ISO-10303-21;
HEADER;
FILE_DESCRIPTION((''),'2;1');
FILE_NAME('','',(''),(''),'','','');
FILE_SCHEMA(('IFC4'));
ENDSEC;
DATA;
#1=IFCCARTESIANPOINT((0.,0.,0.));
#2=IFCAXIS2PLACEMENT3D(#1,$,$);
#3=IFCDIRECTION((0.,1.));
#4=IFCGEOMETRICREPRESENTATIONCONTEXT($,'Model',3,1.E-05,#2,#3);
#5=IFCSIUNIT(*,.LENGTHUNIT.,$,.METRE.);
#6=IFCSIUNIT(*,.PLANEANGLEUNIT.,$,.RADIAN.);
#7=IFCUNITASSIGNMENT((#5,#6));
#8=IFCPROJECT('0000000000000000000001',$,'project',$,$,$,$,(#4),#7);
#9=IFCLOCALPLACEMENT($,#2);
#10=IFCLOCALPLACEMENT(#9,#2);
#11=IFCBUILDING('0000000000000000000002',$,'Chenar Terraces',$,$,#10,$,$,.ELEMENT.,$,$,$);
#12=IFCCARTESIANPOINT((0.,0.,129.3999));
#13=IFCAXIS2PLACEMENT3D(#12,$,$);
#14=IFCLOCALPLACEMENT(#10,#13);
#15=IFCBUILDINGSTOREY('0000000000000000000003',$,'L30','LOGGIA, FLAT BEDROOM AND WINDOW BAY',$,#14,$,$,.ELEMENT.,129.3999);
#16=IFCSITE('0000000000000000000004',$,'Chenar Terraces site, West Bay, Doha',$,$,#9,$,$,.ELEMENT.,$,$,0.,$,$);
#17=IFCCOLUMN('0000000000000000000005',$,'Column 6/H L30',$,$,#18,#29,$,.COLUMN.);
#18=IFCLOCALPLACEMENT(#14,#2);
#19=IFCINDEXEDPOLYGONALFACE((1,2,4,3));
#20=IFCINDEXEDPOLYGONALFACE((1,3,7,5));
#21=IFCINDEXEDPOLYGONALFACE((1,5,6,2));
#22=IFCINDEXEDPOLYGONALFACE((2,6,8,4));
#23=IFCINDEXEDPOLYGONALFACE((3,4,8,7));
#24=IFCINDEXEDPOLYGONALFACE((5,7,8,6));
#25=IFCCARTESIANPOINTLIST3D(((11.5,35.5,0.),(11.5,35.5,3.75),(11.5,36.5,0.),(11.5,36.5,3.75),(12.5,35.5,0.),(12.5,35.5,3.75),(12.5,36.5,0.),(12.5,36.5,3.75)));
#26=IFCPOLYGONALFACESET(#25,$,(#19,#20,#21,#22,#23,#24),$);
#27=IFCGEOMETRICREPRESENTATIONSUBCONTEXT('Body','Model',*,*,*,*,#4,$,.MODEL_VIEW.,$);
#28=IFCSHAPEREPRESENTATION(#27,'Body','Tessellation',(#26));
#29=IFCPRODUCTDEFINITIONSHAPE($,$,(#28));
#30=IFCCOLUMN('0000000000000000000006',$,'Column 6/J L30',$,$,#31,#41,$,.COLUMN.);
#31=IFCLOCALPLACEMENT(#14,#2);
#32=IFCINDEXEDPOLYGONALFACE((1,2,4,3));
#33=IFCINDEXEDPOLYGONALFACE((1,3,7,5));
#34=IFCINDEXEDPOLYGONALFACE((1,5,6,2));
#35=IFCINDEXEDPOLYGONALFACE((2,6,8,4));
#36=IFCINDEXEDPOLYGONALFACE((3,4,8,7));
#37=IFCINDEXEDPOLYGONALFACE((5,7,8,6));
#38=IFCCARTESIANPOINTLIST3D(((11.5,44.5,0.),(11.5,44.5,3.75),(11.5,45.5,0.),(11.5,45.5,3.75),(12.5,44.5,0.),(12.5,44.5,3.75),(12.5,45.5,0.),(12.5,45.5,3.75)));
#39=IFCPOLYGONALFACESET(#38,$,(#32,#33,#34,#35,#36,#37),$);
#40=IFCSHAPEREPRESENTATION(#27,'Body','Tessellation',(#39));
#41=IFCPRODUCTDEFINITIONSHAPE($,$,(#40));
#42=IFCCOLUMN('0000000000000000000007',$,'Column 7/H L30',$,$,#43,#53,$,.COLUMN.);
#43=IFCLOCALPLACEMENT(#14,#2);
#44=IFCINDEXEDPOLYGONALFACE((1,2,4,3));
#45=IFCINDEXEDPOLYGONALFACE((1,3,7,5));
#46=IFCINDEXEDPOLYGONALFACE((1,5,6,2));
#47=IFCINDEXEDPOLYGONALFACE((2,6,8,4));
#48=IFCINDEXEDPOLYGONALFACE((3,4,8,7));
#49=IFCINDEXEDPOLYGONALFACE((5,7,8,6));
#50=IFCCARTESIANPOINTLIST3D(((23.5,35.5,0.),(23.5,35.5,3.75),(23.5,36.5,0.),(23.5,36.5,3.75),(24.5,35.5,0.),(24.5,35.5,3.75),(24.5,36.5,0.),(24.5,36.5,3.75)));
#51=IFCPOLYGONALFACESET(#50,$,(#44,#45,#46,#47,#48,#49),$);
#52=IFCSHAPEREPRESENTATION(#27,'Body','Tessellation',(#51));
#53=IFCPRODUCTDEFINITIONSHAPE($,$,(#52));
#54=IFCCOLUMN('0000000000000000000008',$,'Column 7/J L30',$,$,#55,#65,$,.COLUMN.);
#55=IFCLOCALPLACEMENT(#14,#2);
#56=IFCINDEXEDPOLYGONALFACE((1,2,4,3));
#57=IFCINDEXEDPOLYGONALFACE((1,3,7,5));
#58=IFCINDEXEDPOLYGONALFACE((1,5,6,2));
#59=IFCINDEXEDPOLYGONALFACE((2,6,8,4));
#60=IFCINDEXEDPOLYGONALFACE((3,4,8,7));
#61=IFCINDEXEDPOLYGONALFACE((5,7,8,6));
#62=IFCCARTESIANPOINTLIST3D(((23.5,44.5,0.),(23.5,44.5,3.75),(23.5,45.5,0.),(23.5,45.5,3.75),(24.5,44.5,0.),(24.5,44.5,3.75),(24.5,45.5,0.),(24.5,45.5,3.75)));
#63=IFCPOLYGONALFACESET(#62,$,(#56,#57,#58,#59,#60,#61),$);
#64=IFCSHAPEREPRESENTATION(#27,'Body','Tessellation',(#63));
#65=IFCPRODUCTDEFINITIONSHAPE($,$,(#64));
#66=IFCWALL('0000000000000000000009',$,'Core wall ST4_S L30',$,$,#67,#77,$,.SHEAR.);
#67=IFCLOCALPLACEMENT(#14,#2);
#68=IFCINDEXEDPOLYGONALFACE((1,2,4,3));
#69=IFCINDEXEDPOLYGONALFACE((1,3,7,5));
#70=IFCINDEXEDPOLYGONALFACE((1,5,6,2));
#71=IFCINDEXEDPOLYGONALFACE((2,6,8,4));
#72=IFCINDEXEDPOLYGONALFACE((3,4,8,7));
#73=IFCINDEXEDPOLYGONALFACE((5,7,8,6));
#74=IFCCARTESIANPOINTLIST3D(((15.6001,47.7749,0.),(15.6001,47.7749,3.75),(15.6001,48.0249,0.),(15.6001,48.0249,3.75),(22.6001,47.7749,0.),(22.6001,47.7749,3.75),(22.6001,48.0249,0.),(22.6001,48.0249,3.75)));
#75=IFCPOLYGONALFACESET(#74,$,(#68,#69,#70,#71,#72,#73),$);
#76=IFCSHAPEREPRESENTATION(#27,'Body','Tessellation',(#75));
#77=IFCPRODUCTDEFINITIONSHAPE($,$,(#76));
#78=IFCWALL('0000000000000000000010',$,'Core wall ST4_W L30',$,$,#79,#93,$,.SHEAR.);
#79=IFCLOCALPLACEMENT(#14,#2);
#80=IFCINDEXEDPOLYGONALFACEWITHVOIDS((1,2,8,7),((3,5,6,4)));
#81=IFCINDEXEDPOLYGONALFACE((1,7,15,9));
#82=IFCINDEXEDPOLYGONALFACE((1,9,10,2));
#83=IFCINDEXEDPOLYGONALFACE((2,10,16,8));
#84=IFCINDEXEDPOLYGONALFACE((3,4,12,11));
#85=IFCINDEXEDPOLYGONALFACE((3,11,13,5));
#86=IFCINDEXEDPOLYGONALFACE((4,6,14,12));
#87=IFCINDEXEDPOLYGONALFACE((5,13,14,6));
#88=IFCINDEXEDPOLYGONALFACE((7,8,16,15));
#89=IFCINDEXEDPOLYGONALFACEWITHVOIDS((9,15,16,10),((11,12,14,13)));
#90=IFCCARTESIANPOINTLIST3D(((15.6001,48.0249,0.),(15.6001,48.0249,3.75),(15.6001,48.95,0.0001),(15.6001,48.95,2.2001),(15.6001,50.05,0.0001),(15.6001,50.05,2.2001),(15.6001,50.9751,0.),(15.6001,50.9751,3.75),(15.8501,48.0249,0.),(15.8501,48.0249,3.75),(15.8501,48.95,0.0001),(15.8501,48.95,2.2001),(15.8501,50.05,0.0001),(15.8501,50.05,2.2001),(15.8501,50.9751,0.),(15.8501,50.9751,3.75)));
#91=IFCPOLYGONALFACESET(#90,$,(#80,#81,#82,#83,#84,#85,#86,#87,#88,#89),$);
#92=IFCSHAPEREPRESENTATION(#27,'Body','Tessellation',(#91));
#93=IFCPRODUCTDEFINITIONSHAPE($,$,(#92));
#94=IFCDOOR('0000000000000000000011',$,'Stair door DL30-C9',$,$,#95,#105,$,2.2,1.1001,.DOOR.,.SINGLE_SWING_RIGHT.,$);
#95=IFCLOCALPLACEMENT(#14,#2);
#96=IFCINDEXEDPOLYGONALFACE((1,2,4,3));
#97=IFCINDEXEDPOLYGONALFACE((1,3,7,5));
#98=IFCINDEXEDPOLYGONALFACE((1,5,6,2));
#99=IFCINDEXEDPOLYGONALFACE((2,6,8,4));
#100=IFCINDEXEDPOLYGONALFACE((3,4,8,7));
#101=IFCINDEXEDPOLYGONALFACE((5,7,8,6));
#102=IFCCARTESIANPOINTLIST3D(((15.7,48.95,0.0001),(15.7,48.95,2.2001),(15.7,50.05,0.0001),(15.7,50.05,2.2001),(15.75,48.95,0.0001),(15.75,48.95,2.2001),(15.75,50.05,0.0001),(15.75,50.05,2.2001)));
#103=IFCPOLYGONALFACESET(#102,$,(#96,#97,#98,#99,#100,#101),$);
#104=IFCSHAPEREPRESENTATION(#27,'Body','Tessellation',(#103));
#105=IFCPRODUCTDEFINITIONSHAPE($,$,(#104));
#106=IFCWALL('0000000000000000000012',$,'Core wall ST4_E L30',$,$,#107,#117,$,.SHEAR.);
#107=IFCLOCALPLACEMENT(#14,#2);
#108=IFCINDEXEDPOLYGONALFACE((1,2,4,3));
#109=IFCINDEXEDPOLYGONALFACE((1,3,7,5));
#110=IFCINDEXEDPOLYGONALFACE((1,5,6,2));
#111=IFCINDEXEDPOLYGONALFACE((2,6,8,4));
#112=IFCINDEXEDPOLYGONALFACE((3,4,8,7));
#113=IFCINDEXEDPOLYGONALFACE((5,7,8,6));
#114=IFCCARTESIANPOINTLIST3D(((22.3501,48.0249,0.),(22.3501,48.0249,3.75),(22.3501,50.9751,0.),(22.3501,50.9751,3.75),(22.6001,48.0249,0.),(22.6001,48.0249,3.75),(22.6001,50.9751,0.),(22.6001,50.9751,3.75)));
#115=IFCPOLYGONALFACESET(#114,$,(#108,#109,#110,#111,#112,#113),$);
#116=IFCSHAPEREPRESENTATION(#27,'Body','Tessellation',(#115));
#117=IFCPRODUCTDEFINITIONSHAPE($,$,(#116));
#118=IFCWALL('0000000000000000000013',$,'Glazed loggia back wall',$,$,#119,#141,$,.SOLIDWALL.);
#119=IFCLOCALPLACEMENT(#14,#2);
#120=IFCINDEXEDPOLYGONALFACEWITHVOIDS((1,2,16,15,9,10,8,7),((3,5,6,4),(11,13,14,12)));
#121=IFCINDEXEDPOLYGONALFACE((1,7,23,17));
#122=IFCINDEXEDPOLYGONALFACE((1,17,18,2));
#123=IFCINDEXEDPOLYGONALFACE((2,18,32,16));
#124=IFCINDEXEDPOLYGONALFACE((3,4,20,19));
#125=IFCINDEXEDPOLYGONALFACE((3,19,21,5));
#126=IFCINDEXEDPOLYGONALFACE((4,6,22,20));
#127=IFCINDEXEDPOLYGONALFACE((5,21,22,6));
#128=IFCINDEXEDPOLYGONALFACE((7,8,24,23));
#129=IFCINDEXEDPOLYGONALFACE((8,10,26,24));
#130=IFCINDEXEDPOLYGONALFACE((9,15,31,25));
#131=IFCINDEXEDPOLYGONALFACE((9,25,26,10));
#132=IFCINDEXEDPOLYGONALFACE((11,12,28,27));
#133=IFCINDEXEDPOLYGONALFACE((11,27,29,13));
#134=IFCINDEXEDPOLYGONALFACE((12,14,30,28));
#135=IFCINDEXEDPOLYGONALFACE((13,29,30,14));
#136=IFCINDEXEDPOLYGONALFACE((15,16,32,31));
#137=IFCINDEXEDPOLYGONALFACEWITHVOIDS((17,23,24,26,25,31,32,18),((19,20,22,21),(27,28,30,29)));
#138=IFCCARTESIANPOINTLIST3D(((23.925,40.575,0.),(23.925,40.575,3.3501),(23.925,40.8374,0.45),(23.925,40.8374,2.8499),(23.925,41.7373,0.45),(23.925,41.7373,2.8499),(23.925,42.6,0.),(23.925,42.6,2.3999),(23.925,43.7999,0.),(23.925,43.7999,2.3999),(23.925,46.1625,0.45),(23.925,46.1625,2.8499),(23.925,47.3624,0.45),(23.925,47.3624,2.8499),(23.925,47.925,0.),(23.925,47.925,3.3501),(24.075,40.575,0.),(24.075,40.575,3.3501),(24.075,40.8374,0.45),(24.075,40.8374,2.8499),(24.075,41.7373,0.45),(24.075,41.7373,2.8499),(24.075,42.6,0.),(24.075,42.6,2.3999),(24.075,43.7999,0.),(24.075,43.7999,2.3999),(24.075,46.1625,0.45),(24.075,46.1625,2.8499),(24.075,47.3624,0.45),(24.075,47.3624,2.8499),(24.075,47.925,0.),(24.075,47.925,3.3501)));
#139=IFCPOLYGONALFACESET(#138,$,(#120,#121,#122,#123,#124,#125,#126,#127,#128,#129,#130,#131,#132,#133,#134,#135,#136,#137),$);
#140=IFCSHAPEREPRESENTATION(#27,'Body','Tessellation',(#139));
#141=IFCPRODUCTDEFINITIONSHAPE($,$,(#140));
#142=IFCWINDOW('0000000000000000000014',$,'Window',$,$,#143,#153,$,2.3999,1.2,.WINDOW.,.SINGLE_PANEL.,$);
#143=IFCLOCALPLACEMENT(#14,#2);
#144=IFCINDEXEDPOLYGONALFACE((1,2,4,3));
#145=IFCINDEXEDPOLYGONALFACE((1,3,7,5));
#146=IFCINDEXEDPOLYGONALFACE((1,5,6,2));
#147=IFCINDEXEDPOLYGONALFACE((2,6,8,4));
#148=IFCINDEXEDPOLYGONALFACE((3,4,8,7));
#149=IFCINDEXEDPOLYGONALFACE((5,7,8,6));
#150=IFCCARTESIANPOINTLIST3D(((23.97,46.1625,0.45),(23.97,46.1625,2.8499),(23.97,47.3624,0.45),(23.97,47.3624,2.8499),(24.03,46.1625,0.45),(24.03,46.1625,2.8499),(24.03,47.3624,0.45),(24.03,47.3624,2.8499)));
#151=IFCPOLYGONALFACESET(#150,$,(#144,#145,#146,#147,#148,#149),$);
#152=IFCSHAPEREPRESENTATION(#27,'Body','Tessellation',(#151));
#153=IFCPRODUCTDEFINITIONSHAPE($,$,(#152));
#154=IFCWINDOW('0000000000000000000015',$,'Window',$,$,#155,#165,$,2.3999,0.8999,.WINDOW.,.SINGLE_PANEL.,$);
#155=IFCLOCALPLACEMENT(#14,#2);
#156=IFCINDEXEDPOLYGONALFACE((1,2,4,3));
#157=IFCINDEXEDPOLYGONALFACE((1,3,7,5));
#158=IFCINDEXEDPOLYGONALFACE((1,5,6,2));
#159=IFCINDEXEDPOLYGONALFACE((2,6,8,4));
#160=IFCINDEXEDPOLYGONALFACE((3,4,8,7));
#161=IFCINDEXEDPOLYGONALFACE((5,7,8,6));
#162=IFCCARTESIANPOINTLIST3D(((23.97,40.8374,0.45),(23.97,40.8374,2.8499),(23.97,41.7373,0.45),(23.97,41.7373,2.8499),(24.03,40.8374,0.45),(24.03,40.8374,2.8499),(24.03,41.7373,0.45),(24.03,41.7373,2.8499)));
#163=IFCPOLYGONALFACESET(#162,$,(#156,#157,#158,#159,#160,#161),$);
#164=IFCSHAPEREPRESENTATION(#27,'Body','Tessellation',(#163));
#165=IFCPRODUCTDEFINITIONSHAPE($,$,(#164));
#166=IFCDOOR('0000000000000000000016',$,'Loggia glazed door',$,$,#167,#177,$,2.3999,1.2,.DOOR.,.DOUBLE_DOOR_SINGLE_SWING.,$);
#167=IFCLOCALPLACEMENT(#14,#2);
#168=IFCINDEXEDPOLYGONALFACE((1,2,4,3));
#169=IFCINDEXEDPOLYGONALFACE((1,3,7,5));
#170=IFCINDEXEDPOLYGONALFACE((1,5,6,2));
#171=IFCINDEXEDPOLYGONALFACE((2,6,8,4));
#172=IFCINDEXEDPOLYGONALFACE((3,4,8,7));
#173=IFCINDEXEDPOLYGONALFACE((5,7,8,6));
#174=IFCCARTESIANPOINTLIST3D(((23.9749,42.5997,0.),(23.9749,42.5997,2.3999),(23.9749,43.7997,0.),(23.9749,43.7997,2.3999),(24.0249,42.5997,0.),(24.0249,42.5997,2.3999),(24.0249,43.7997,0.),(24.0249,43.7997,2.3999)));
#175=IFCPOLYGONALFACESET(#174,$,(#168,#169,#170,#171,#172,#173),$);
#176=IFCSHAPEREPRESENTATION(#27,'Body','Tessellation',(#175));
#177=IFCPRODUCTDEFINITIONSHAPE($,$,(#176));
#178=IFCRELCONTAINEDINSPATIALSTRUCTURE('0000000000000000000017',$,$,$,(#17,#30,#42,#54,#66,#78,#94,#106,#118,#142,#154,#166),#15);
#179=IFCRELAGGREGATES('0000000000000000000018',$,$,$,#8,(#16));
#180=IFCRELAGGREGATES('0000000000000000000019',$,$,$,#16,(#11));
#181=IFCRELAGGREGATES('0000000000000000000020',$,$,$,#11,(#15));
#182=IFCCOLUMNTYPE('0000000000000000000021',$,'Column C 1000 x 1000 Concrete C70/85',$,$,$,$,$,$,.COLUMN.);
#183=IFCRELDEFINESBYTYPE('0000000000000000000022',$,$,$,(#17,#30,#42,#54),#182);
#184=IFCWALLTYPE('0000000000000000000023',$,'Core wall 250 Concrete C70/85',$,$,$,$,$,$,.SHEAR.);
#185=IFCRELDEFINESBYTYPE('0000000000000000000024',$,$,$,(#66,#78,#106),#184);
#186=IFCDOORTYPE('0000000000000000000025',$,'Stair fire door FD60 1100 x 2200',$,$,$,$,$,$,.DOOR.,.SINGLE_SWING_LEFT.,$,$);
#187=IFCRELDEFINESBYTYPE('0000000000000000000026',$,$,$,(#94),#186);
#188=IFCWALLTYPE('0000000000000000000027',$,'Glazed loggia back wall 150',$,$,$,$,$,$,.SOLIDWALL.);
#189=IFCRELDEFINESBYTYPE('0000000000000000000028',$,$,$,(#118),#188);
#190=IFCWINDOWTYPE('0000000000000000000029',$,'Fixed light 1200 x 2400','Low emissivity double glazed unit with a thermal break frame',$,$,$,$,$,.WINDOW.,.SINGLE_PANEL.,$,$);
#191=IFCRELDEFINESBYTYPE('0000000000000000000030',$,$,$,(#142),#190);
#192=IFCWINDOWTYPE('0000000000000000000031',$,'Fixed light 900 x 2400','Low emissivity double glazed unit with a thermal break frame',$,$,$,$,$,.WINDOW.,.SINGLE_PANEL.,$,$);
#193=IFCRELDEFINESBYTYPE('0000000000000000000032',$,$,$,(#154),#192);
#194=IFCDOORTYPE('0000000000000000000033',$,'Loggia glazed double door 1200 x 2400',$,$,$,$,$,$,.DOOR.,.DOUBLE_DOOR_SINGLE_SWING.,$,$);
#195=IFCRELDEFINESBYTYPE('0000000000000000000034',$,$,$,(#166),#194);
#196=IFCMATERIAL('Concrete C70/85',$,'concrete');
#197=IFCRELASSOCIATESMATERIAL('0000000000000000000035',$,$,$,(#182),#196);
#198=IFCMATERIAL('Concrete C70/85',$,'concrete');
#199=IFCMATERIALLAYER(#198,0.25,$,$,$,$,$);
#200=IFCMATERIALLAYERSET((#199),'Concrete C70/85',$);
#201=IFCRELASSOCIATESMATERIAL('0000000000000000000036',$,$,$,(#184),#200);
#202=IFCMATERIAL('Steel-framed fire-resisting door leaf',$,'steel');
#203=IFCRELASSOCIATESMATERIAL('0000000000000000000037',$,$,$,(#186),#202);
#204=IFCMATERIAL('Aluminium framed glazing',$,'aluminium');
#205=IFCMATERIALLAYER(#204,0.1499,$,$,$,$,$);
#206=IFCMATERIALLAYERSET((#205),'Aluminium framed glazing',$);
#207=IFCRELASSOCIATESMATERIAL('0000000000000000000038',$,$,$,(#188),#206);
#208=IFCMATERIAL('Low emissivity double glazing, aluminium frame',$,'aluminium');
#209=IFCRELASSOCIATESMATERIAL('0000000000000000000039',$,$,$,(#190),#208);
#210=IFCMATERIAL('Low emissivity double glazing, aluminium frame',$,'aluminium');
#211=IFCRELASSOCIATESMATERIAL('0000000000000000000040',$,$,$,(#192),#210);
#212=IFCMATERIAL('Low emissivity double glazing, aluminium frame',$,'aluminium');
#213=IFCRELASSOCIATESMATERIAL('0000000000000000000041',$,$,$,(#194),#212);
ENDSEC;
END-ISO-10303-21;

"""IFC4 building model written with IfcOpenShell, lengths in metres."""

from ifc_helpers import new_model, si_unit, direction, frame, frame_2d, origin, origin_2d, place, context, subcontext, project, spatial, rectangle, extrude, material, layer, layer_set, material_profile, profile_set, type_object, element, fill, save


model = new_model("IFC4")

# Units and contexts
model_context = context("Model", 3, precision=1e-05, world=origin(), true_north=direction((0.0, 1.0)))
body_context = subcontext(model_context, "Body", "Model", "MODEL_VIEW")
ifc_project = project(units=[si_unit("LENGTHUNIT", "METRE"), si_unit("PLANEANGLEUNIT", "RADIAN")], contexts=[model_context])

# Site, building, storey
site_placement = place(None, origin())
site = spatial("IfcSite", under=ifc_project, at=site_placement, Name="Chenar Terraces site, West Bay, Doha", CompositionType="ELEMENT", RefElevation=0.0)
building_placement = place(site_placement, origin())
building = spatial("IfcBuilding", under=site, at=building_placement, Name="Chenar Terraces", CompositionType="ELEMENT")
storey_placement = place(building_placement, frame((0.0, 0.0, 129.3999)))
storey = spatial("IfcBuildingStorey", under=building, at=storey_placement, Name="L30", Description="LOGGIA, FLAT BEDROOM AND WINDOW BAY", CompositionType="ELEMENT", Elevation=129.3999)

# Columns
ifc_material_1 = material(Name="Concrete C70/85", Category="concrete")
ifc_material_profile = material_profile(ifc_material_1, rectangle(XDim=1.0, YDim=1.0, at=origin_2d()), Name="C 1000 x 1000")
ifc_profile_set = profile_set([ifc_material_profile], Name="Concrete C70/85")
column_type = type_object("IfcColumnType", Name="Column C 1000 x 1000 Concrete C70/85", PredefinedType="COLUMN", material=ifc_profile_set)
for number, where, z_axis, x_axis, name in (
    (1, (12.0, 36.0, 0.0), (0.0, 0.0, 1.0), (1.0, 0.0, 0.0), "Column 6/H L30"),
    (2, (12.0, 45.0, 0.0), (0.0, 0.0, 1.0), (1.0, 0.0, 0.0), "Column 6/J L30"),
    (3, (24.0, 36.0, 0.0), (0.0, 0.0, 1.0), (1.0, 0.0, 0.0), "Column 7/H L30"),
    (4, (24.0, 45.0, 0.0), (0.0, 0.0, 1.0), (1.0, 0.0, 0.0), "Column 7/J L30"),
):
    element("IfcColumn", number, at=place(storey_placement, frame(where, z_axis=z_axis, x_axis=x_axis)), inside=storey, type_object=column_type, Name=name, PredefinedType="COLUMN", context=body_context, shape_type="SweptSolid", body=[
        extrude(rectangle(XDim=1.0, YDim=1.0, at=origin_2d()), origin(), (0.0, 0.0, 1.0), 3.75),
    ])

# Wall
ifc_material_2 = material(Name="Concrete C70/85", Category="concrete")
ifc_layer_1 = layer(ifc_material_2, 0.25)
ifc_layer_set_1 = layer_set([ifc_layer_1], Name="Concrete C70/85")
wall_type_1 = type_object("IfcWallType", Name="Core wall 250 Concrete C70/85", PredefinedType="SHEAR", material=ifc_layer_set_1)
wall_1_placement = place(storey_placement, frame((15.6001, 47.8999, 0.0), z_axis=(0.0, 0.0, 1.0), x_axis=(1.0, 0.0, 0.0)))
element("IfcWall", 5, at=wall_1_placement, inside=storey, type_object=wall_type_1, Name="Core wall ST4_S L30", PredefinedType="SHEAR", context=body_context, shape_type="SweptSolid", body=[
    extrude(rectangle(XDim=7.0, YDim=0.25, at=frame_2d((3.5, 0.0))), origin(), (0.0, 0.0, 1.0), 3.75),
])

# Wall, opening, door
wall_2_placement = place(storey_placement, frame((15.7251, 48.0249, 0.0), z_axis=(0.0, 0.0, 1.0), x_axis=(0.0, 1.0, 0.0)))
wall_2 = element("IfcWall", 6, at=wall_2_placement, inside=storey, type_object=wall_type_1, Name="Core wall ST4_W L30", PredefinedType="SHEAR", context=body_context, shape_type="SweptSolid", body=[
    extrude(rectangle(XDim=2.9502, YDim=0.25, at=frame_2d((1.4751, 0.0))), origin(), (0.0, 0.0, 1.0), 3.75),
])
opening_1_placement = place(wall_2_placement, frame((0.925, 0.0, 0.0)))
opening_1 = element("IfcOpeningElement", 7, at=opening_1_placement, cuts=wall_2, PredefinedType="OPENING", context=body_context, shape_type="SweptSolid", body=[
    extrude(rectangle(XDim=1.1001, YDim=2.2, at=frame_2d((0.55, 1.1001))), frame((0.0, 0.135, 0.0), z_axis=(0.0, -1.0, 0.0), x_axis=(1.0, 0.0, 0.0)), (0.0, 0.0, 1.0), 0.27),
])
ifc_material_3 = material(Name="Steel-framed fire-resisting door leaf", Category="steel")
door_type_1 = type_object("IfcDoorType", Name="Stair fire door FD60 1100 x 2200", OperationType="SINGLE_SWING_LEFT", PredefinedType="DOOR", material=ifc_material_3)
door_1_placement = place(opening_1_placement, frame((1.1001, 0.0, 0.0), z_axis=(0.0, 0.0, 1.0), x_axis=(-1.0, 0.0, 0.0)))
door_1 = element("IfcDoor", 8, at=door_1_placement, inside=storey, type_object=door_type_1, Name="Stair door DL30-C9", OperationType="SINGLE_SWING_RIGHT", OverallHeight=2.2, OverallWidth=1.1001, PredefinedType="DOOR", context=body_context, shape_type="SweptSolid", body=[
    extrude(rectangle(XDim=1.1001, YDim=2.2, at=frame_2d((0.55, 1.1001))), frame((0.0, 0.0249, 0.0), z_axis=(0.0, -1.0, 0.0), x_axis=(1.0, 0.0, 0.0)), (0.0, 0.0, 1.0), 0.05),
])
fill(opening_1, door_1)

# Wall
wall_3_placement = place(storey_placement, frame((22.4751, 48.0249, 0.0), z_axis=(0.0, 0.0, 1.0), x_axis=(0.0, 1.0, 0.0)))
element("IfcWall", 9, at=wall_3_placement, inside=storey, type_object=wall_type_1, Name="Core wall ST4_E L30", PredefinedType="SHEAR", context=body_context, shape_type="SweptSolid", body=[
    extrude(rectangle(XDim=2.9502, YDim=0.25, at=frame_2d((1.4751, 0.0))), origin(), (0.0, 0.0, 1.0), 3.75),
])

# Wall, openings, windows, door
ifc_material_4 = material(Name="Aluminium framed glazing", Category="aluminium")
ifc_layer_2 = layer(ifc_material_4, 0.1499)
ifc_layer_set_2 = layer_set([ifc_layer_2], Name="Aluminium framed glazing")
wall_type_2 = type_object("IfcWallType", Name="Glazed loggia back wall 150", PredefinedType="SOLIDWALL", material=ifc_layer_set_2)
wall_4_placement = place(storey_placement, frame((24.0, 40.575, 0.0), z_axis=(0.0, 0.0, 1.0), x_axis=(0.0, 1.0, 0.0)))
wall_4 = element("IfcWall", 10, at=wall_4_placement, inside=storey, type_object=wall_type_2, Name="Glazed loggia back wall", PredefinedType="SOLIDWALL", context=body_context, shape_type="SweptSolid", body=[
    extrude(rectangle(XDim=7.3501, YDim=0.1499, at=frame_2d((3.675, 0.0))), origin(), (0.0, 0.0, 1.0), 3.3501),
])
opening_2_placement = place(wall_4_placement, frame((0.2625, 0.0, 0.45)))
opening_2 = element("IfcOpeningElement", 11, at=opening_2_placement, cuts=wall_4, PredefinedType="OPENING", context=body_context, shape_type="SweptSolid", body=[
    extrude(rectangle(XDim=0.8999, YDim=2.3999, at=frame_2d((0.45, 1.2))), frame((0.0, 0.085, 0.0), z_axis=(0.0, -1.0, 0.0), x_axis=(1.0, 0.0, 0.0)), (0.0, 0.0, 1.0), 0.1699),
])
opening_3_placement = place(wall_4_placement, frame((2.0249, 0.0, 0.0)))
opening_3 = element("IfcOpeningElement", 12, at=opening_3_placement, cuts=wall_4, PredefinedType="OPENING", context=body_context, shape_type="SweptSolid", body=[
    extrude(rectangle(XDim=1.2, YDim=2.3999, at=frame_2d((0.6001, 1.2))), frame((0.0, 0.085, 0.0), z_axis=(0.0, -1.0, 0.0), x_axis=(1.0, 0.0, 0.0)), (0.0, 0.0, 1.0), 0.1699),
])
opening_4_placement = place(wall_4_placement, frame((5.5874, 0.0, 0.45)))
opening_4 = element("IfcOpeningElement", 13, at=opening_4_placement, cuts=wall_4, PredefinedType="OPENING", context=body_context, shape_type="SweptSolid", body=[
    extrude(rectangle(XDim=1.2, YDim=2.3999, at=frame_2d((0.6001, 1.2))), frame((0.0, 0.085, 0.0), z_axis=(0.0, -1.0, 0.0), x_axis=(1.0, 0.0, 0.0)), (0.0, 0.0, 1.0), 0.1699),
])
ifc_material_5 = material(Name="Low emissivity double glazing, aluminium frame", Category="aluminium")
window_type_1 = type_object("IfcWindowType", Name="Fixed light 1200 x 2400", Description="Low emissivity double glazed unit with a thermal break frame", PartitioningType="SINGLE_PANEL", PredefinedType="WINDOW", material=ifc_material_5)
window_1_placement = place(opening_4_placement, origin())
window_1 = element("IfcWindow", 14, at=window_1_placement, inside=storey, type_object=window_type_1, Name="Window", OverallHeight=2.3999, OverallWidth=1.2, PartitioningType="SINGLE_PANEL", PredefinedType="WINDOW", context=body_context, shape_type="SweptSolid", body=[
    extrude(rectangle(XDim=1.2, YDim=2.3999, at=frame_2d((0.6001, 1.2))), frame((0.0, 0.03, 0.0), z_axis=(0.0, -1.0, 0.0), x_axis=(1.0, 0.0, 0.0)), (0.0, 0.0, 1.0), 0.0601),
])
fill(opening_4, window_1)
ifc_material_6 = material(Name="Low emissivity double glazing, aluminium frame", Category="aluminium")
window_type_2 = type_object("IfcWindowType", Name="Fixed light 900 x 2400", Description="Low emissivity double glazed unit with a thermal break frame", PartitioningType="SINGLE_PANEL", PredefinedType="WINDOW", material=ifc_material_6)
window_2_placement = place(opening_2_placement, origin())
window_2 = element("IfcWindow", 15, at=window_2_placement, inside=storey, type_object=window_type_2, Name="Window", OverallHeight=2.3999, OverallWidth=0.8999, PartitioningType="SINGLE_PANEL", PredefinedType="WINDOW", context=body_context, shape_type="SweptSolid", body=[
    extrude(rectangle(XDim=0.8999, YDim=2.3999, at=frame_2d((0.45, 1.2))), frame((0.0, 0.03, 0.0), z_axis=(0.0, -1.0, 0.0), x_axis=(1.0, 0.0, 0.0)), (0.0, 0.0, 1.0), 0.0601),
])
fill(opening_2, window_2)
ifc_material_7 = material(Name="Low emissivity double glazing, aluminium frame", Category="aluminium")
door_type_2 = type_object("IfcDoorType", Name="Loggia glazed double door 1200 x 2400", OperationType="DOUBLE_DOOR_SINGLE_SWING", PredefinedType="DOOR", material=ifc_material_7)
door_2_placement = place(opening_3_placement, frame((1.2, 0.0, 0.0), z_axis=(0.0, 0.0, 1.0), x_axis=(-1.0, 0.0, 0.0)))
door_2 = element("IfcDoor", 16, at=door_2_placement, inside=storey, type_object=door_type_2, Name="Loggia glazed door", OperationType="DOUBLE_DOOR_SINGLE_SWING", OverallHeight=2.3999, OverallWidth=1.2, PredefinedType="DOOR", context=body_context, shape_type="SweptSolid", body=[
    extrude(rectangle(XDim=1.2, YDim=2.3999, at=frame_2d((0.6001, 1.2))), frame((0.0, 0.0249, 0.0), z_axis=(0.0, -1.0, 0.0), x_axis=(1.0, 0.0, 0.0)), (0.0, 0.0, 1.0), 0.05),
])
fill(opening_3, door_2)

save(model, "model.ifc")
